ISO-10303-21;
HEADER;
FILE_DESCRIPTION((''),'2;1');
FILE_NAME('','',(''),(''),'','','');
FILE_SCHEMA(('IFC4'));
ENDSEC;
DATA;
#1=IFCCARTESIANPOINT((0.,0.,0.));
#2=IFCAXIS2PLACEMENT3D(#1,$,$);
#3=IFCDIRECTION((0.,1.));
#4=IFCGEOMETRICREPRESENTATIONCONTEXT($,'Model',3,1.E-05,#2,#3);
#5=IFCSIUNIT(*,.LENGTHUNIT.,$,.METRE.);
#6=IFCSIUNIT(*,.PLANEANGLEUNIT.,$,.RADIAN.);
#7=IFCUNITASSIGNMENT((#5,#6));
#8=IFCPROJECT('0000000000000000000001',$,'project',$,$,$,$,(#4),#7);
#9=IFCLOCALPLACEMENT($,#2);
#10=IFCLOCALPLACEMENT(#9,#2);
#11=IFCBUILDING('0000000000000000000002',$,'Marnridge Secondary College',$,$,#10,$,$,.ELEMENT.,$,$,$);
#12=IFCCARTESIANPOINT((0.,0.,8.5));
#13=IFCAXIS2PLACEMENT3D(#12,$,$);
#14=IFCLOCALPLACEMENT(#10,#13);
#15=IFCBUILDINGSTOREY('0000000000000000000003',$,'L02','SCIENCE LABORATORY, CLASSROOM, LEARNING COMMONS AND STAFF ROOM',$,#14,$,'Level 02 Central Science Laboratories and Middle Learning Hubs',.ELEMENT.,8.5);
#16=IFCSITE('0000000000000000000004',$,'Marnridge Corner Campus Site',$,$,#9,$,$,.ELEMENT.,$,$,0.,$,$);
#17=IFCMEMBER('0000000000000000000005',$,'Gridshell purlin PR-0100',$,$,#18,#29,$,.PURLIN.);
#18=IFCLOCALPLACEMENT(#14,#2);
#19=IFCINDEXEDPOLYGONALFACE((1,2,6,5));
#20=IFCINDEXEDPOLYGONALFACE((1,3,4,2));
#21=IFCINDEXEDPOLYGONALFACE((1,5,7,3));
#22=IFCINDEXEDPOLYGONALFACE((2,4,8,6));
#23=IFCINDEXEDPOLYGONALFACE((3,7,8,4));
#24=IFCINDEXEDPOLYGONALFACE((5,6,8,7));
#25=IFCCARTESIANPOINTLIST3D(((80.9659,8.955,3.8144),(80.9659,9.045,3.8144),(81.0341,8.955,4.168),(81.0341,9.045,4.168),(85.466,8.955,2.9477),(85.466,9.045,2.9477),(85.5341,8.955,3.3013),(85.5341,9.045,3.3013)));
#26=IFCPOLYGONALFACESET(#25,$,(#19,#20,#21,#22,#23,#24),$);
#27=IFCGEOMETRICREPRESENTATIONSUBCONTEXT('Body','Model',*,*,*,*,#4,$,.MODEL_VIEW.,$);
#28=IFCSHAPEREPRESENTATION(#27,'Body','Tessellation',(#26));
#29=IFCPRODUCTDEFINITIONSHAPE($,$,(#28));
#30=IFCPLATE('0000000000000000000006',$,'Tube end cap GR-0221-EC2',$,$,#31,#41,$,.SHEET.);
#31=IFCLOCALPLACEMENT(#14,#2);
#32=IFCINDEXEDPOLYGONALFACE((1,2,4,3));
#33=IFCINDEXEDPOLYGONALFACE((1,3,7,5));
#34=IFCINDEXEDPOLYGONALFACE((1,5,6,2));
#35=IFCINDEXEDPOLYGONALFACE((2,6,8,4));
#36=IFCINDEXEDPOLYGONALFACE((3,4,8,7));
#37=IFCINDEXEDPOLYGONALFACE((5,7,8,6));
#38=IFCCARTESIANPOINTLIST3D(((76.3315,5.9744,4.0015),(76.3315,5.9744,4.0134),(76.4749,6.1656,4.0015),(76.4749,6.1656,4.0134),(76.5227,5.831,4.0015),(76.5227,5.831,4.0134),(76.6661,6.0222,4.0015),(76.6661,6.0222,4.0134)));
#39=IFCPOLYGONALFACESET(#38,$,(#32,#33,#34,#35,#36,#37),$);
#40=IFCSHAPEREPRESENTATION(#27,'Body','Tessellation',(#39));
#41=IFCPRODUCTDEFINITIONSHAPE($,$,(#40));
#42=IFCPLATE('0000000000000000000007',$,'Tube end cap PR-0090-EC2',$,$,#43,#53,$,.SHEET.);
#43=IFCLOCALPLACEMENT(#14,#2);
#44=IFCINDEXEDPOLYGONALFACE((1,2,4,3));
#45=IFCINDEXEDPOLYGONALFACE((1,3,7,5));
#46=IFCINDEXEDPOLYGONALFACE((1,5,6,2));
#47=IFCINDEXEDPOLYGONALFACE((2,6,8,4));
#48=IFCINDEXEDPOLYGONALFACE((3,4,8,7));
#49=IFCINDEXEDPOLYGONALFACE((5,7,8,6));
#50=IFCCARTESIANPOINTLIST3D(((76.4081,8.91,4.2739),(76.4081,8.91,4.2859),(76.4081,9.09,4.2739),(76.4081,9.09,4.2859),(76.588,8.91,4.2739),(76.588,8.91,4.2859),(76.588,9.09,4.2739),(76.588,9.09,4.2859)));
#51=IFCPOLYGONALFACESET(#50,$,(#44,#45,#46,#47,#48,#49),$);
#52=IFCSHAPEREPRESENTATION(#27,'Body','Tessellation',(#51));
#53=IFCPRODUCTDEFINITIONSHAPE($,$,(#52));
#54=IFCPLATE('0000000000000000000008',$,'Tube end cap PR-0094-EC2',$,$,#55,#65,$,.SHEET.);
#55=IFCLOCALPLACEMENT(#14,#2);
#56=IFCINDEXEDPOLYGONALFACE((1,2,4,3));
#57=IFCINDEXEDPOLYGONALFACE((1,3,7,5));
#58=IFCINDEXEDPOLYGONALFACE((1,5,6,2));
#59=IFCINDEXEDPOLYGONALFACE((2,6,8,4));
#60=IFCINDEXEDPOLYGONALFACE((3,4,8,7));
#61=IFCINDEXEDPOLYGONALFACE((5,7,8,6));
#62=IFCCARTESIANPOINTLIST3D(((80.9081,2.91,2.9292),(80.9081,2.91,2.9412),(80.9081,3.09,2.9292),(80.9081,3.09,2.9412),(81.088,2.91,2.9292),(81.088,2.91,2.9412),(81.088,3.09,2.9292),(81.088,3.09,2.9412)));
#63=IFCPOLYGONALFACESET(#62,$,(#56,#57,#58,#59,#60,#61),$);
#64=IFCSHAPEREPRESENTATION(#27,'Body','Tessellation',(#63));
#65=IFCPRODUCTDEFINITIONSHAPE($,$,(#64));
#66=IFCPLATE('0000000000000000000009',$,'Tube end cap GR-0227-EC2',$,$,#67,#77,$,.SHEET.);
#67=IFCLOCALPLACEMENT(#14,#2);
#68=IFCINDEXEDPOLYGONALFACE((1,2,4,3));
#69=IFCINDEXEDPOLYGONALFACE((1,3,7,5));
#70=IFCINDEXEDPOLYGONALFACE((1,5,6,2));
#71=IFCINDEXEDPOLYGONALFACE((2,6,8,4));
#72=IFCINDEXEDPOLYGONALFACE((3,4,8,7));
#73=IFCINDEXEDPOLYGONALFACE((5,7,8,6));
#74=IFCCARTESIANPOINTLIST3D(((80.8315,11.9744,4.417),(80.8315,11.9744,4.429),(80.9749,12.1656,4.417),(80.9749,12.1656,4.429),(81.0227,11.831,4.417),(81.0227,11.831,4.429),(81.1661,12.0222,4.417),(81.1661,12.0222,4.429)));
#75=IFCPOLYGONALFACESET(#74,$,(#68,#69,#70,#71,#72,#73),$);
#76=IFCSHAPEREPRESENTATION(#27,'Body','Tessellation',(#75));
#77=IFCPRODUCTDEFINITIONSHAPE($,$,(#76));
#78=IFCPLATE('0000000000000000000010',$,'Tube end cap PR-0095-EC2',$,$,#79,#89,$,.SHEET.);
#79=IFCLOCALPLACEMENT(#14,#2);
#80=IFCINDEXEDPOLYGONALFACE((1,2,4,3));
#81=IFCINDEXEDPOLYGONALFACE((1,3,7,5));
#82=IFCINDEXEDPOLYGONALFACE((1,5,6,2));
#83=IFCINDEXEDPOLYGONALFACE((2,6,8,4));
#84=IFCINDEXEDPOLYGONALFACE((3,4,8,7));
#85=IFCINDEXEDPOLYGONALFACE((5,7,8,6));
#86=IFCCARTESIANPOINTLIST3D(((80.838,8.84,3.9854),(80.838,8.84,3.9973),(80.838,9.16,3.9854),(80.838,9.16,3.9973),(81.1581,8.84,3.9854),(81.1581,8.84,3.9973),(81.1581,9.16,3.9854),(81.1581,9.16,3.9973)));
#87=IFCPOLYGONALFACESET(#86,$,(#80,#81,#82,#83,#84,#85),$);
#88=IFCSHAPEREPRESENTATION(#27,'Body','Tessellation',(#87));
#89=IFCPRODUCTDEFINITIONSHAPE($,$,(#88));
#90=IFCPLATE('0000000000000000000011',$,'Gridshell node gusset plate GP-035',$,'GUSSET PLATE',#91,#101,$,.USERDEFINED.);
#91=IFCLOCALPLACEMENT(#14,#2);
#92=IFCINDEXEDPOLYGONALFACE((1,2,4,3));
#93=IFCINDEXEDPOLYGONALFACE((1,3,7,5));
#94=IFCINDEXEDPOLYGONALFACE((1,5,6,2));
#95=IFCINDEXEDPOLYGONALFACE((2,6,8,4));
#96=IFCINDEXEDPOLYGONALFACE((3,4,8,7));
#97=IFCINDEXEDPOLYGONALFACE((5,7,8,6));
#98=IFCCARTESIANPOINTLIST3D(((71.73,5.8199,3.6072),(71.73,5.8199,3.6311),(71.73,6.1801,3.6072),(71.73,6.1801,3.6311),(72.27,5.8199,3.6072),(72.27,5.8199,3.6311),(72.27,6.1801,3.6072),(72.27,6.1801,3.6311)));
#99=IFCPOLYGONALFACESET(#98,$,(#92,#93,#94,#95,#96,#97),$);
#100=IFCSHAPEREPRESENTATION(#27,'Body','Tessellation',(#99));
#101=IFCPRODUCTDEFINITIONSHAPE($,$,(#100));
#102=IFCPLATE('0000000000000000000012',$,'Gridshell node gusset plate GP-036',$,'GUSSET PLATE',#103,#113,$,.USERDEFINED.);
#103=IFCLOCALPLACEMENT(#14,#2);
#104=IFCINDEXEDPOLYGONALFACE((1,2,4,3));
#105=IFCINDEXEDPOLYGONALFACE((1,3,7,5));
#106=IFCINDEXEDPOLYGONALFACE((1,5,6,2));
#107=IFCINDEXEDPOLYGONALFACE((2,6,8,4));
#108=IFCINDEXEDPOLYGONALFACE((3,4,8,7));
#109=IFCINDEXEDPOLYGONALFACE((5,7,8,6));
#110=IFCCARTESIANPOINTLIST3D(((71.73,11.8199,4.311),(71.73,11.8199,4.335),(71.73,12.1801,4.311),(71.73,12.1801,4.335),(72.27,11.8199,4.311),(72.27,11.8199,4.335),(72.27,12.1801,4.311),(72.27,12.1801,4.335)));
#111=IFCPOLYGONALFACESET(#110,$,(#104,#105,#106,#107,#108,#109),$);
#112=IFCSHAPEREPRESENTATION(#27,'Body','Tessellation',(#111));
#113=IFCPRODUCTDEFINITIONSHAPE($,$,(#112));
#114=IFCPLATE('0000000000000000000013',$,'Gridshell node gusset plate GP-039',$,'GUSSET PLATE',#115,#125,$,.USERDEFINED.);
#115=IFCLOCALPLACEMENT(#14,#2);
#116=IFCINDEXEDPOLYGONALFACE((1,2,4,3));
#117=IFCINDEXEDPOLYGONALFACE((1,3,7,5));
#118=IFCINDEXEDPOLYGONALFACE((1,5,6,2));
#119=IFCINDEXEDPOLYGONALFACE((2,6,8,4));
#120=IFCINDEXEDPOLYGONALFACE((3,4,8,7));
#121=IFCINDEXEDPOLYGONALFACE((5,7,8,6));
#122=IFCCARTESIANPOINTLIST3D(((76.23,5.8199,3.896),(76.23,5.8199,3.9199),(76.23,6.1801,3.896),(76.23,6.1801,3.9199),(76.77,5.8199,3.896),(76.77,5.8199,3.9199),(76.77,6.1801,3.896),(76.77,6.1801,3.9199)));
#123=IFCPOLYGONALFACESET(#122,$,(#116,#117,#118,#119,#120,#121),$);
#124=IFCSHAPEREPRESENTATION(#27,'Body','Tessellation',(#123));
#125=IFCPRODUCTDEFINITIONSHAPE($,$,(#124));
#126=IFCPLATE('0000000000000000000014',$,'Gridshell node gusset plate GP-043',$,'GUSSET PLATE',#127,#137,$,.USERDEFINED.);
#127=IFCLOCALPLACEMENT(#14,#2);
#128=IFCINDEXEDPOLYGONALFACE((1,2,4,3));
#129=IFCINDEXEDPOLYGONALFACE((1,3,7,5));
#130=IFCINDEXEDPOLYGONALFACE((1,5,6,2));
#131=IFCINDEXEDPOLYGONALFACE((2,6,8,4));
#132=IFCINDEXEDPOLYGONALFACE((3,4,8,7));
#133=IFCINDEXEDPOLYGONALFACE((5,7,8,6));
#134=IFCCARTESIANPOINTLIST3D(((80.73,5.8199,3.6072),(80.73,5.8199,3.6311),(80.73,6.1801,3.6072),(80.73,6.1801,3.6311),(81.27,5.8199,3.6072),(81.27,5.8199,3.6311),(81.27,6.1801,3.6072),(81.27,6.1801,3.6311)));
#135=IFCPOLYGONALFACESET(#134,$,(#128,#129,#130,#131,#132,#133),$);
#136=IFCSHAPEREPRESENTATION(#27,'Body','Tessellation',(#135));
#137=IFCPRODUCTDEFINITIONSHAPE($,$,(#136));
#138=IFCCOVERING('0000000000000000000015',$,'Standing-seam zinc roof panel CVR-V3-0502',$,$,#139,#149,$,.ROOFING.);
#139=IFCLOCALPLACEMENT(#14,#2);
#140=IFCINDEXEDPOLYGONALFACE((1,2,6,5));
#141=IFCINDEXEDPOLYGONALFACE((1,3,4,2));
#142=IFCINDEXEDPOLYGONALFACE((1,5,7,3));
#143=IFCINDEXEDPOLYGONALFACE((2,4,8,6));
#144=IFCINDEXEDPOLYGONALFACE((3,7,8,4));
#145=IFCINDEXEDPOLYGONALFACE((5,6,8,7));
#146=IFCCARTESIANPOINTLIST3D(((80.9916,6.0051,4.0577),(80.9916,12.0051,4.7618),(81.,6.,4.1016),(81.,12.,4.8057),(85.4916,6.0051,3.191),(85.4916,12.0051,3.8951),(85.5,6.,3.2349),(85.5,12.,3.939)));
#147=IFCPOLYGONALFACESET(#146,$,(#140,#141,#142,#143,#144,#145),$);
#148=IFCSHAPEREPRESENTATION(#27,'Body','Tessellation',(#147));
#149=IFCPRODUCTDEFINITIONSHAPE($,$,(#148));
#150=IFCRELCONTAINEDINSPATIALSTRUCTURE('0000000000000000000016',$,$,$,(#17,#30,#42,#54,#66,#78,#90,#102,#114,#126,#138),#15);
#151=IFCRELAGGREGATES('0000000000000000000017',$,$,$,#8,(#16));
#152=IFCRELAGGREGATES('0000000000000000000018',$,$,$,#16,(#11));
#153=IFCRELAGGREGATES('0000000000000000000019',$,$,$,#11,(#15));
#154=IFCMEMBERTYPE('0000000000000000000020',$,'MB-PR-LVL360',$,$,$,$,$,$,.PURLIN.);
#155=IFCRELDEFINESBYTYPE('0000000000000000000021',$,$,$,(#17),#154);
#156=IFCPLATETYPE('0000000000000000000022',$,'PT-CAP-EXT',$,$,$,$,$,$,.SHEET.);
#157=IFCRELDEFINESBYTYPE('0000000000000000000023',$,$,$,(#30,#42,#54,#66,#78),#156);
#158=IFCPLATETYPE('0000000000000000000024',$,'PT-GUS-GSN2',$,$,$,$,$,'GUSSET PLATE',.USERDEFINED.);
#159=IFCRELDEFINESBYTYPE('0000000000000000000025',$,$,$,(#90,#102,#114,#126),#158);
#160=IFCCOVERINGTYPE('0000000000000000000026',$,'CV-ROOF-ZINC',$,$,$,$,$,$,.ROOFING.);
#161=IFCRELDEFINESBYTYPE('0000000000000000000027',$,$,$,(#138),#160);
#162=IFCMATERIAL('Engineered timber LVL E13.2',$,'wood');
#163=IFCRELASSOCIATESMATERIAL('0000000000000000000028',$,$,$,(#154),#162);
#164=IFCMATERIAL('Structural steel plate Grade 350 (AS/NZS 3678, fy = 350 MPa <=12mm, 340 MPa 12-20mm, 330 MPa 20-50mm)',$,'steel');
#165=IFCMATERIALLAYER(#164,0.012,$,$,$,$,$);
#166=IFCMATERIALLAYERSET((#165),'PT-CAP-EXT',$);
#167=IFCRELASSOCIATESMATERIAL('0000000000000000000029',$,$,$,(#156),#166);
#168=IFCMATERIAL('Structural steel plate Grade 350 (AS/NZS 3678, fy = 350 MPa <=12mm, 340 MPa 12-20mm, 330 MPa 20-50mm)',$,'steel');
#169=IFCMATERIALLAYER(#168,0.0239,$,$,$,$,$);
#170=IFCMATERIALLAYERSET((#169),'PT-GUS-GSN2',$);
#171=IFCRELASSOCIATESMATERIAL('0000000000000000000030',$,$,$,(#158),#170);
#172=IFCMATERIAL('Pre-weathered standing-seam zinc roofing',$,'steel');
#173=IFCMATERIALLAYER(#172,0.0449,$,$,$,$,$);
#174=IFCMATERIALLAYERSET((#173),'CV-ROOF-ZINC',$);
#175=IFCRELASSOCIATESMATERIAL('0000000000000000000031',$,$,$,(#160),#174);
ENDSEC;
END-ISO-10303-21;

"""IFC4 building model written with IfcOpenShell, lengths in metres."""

from ifc_helpers import new_model, si_unit, direction, frame, origin, origin_2d, place, context, subcontext, project, spatial, polyline, rectangle, outline, extrude, material, layer, layer_set, material_profile, profile_set, type_object, element, save


model = new_model("IFC4")

# Units and contexts
model_context = context("Model", 3, precision=1e-05, world=origin(), true_north=direction((0.0, 1.0)))
body_context = subcontext(model_context, "Body", "Model", "MODEL_VIEW")
ifc_project = project(units=[si_unit("LENGTHUNIT", "METRE"), si_unit("PLANEANGLEUNIT", "RADIAN")], contexts=[model_context])

# Site, building, storey
site_placement = place(None, origin())
site = spatial("IfcSite", under=ifc_project, at=site_placement, Name="Marnridge Corner Campus Site", CompositionType="ELEMENT", RefElevation=0.0)
building_placement = place(site_placement, origin())
building = spatial("IfcBuilding", under=site, at=building_placement, Name="Marnridge Secondary College", CompositionType="ELEMENT")
storey_placement = place(building_placement, frame((0.0, 0.0, 8.5)))
storey = spatial("IfcBuildingStorey", under=building, at=storey_placement, Name="L02", Description="SCIENCE LABORATORY, CLASSROOM, LEARNING COMMONS AND STAFF ROOM", LongName="Level 02 Central Science Laboratories and Middle Learning Hubs", CompositionType="ELEMENT", Elevation=8.5)

# Member
ifc_material_1 = material(Name="Engineered timber LVL E13.2", Category="wood")
ifc_material_profile_1 = material_profile(ifc_material_1, rectangle(XDim=0.0901, YDim=0.3601, at=origin_2d()), Name="LVL 90x360")
ifc_profile_set_1 = profile_set([ifc_material_profile_1], Name="Engineered timber LVL E13.2")
member_type_1 = type_object("IfcMemberType", Name="MB-PR-LVL360", PredefinedType="PURLIN", material=ifc_profile_set_1)
member_1_placement = place(storey_placement, frame((81.0, 9.0, 3.9912), z_axis=(0.981953, 0.0, -0.189124), x_axis=(0.0, 1.0, 0.0)))
element("IfcMember", 1, at=member_1_placement, inside=storey, type_object=member_type_1, Name="Gridshell purlin PR-0100", PredefinedType="PURLIN", context=body_context, shape_type="SweptSolid", body=[
    extrude(rectangle(XDim=0.0901, YDim=0.3601, at=origin_2d()), origin(), (0.0, 0.0, 1.0), 4.5828),
])

# Plates
ifc_material_2 = material(Name="Structural steel plate Grade 350 (AS/NZS 3678, fy = 350 MPa <=12mm, 340 MPa 12-20mm, 330 MPa 20-50mm)", Category="steel")
ifc_layer_1 = layer(ifc_material_2, 0.012)
ifc_layer_set_1 = layer_set([ifc_layer_1], Name="PT-CAP-EXT")
plate_type_1 = type_object("IfcPlateType", Name="PT-CAP-EXT", PredefinedType="SHEET", material=ifc_layer_set_1)
plate_1_placement = place(storey_placement, frame((76.4988, 5.9983, 4.0015), z_axis=(0.0, 0.0, 1.0), x_axis=(0.600001, 0.799999, 0.0)))
element("IfcPlate", 2, at=plate_1_placement, inside=storey, type_object=plate_type_1, Name="Tube end cap GR-0221-EC2", PredefinedType="SHEET", context=body_context, shape_type="SweptSolid", body=[
    extrude(rectangle(XDim=0.239, YDim=0.239, at=origin_2d()), origin(), (0.0, 0.0, 1.0), 0.012),
])
for number, where, z_axis, x_axis, name in (
    (3, (76.498, 9.0, 4.2739), (0.0, 0.0, 1.0), (1.0, 0.0, 0.0), "Tube end cap PR-0090-EC2"),
    (4, (80.998, 3.0, 2.9292), (0.0, 0.0, 1.0), (1.0, 0.0, 0.0), "Tube end cap PR-0094-EC2"),
):
    element("IfcPlate", number, at=place(storey_placement, frame(where, z_axis=z_axis, x_axis=x_axis)), inside=storey, type_object=plate_type_1, Name=name, PredefinedType="SHEET", context=body_context, shape_type="SweptSolid", body=[
        extrude(rectangle(XDim=0.1799, YDim=0.1799, at=origin_2d()), origin(), (0.0, 0.0, 1.0), 0.012),
    ])
plate_2_placement = place(storey_placement, frame((80.9988, 11.9983, 4.417), z_axis=(0.0, 0.0, 1.0), x_axis=(0.600001, 0.799999, 0.0)))
element("IfcPlate", 5, at=plate_2_placement, inside=storey, type_object=plate_type_1, Name="Tube end cap GR-0227-EC2", PredefinedType="SHEET", context=body_context, shape_type="SweptSolid", body=[
    extrude(rectangle(XDim=0.239, YDim=0.239, at=origin_2d()), origin(), (0.0, 0.0, 1.0), 0.012),
])
plate_3_placement = place(storey_placement, frame((80.998, 9.0, 3.9854), z_axis=(0.0, 0.0, 1.0), x_axis=(1.0, 0.0, 0.0)))
element("IfcPlate", 6, at=plate_3_placement, inside=storey, type_object=plate_type_1, Name="Tube end cap PR-0095-EC2", PredefinedType="SHEET", context=body_context, shape_type="SweptSolid", body=[
    extrude(rectangle(XDim=0.3201, YDim=0.3201, at=origin_2d()), origin(), (0.0, 0.0, 1.0), 0.012),
])
ifc_material_3 = material(Name="Structural steel plate Grade 350 (AS/NZS 3678, fy = 350 MPa <=12mm, 340 MPa 12-20mm, 330 MPa 20-50mm)", Category="steel")
ifc_layer_2 = layer(ifc_material_3, 0.0239)
ifc_layer_set_2 = layer_set([ifc_layer_2], Name="PT-GUS-GSN2")
plate_type_2 = type_object("IfcPlateType", Name="PT-GUS-GSN2", ElementType="GUSSET PLATE", PredefinedType="USERDEFINED", material=ifc_layer_set_2)
for number, where, z_axis, x_axis, name in (
    (7, (72.0, 6.0, 3.6072), (0.0, 0.0, 1.0), (1.0, 0.0, 0.0), "Gridshell node gusset plate GP-035"),
    (8, (72.0, 12.0, 4.311), (0.0, 0.0, 1.0), (1.0, 0.0, 0.0), "Gridshell node gusset plate GP-036"),
    (9, (76.5, 6.0, 3.896), (0.0, 0.0, 1.0), (1.0, 0.0, 0.0), "Gridshell node gusset plate GP-039"),
    (10, (81.0, 6.0, 3.6072), (0.0, 0.0, 1.0), (1.0, 0.0, 0.0), "Gridshell node gusset plate GP-043"),
):
    element("IfcPlate", number, at=place(storey_placement, frame(where, z_axis=z_axis, x_axis=x_axis)), inside=storey, type_object=plate_type_2, Name=name, ObjectType="GUSSET PLATE", PredefinedType="USERDEFINED", context=body_context, shape_type="SweptSolid", body=[
        extrude(rectangle(XDim=0.54, YDim=0.3601, at=origin_2d()), origin(), (0.0, 0.0, 1.0), 0.0239),
    ])

# Covering
ifc_material_4 = material(Name="Pre-weathered standing-seam zinc roofing", Category="steel")
ifc_layer_3 = layer(ifc_material_4, 0.0449)
ifc_layer_set_3 = layer_set([ifc_layer_3], Name="CV-ROOF-ZINC")
covering_type = type_object("IfcCoveringType", Name="CV-ROOF-ZINC", PredefinedType="ROOFING", material=ifc_layer_set_3)
covering_placement = place(storey_placement, frame((81.0, 6.0, 4.1016), z_axis=(0.187881, -0.114475, 0.975498), x_axis=(0.981953, 0.0, -0.189124)))
element("IfcCovering", 11, at=covering_placement, inside=storey, type_object=covering_type, Name="Standing-seam zinc roof panel CVR-V3-0502", PredefinedType="ROOFING", context=body_context, shape_type="SweptSolid", body=[
    extrude(outline(polyline([(0.0, 0.0), (4.5827, 0.0), (4.4495, 6.0397), (-0.1332, 6.0397), (0.0, 0.0)])), origin(), (0.0, 0.0, -1.0), 0.0449),
])

save(model, "model.ifc")
